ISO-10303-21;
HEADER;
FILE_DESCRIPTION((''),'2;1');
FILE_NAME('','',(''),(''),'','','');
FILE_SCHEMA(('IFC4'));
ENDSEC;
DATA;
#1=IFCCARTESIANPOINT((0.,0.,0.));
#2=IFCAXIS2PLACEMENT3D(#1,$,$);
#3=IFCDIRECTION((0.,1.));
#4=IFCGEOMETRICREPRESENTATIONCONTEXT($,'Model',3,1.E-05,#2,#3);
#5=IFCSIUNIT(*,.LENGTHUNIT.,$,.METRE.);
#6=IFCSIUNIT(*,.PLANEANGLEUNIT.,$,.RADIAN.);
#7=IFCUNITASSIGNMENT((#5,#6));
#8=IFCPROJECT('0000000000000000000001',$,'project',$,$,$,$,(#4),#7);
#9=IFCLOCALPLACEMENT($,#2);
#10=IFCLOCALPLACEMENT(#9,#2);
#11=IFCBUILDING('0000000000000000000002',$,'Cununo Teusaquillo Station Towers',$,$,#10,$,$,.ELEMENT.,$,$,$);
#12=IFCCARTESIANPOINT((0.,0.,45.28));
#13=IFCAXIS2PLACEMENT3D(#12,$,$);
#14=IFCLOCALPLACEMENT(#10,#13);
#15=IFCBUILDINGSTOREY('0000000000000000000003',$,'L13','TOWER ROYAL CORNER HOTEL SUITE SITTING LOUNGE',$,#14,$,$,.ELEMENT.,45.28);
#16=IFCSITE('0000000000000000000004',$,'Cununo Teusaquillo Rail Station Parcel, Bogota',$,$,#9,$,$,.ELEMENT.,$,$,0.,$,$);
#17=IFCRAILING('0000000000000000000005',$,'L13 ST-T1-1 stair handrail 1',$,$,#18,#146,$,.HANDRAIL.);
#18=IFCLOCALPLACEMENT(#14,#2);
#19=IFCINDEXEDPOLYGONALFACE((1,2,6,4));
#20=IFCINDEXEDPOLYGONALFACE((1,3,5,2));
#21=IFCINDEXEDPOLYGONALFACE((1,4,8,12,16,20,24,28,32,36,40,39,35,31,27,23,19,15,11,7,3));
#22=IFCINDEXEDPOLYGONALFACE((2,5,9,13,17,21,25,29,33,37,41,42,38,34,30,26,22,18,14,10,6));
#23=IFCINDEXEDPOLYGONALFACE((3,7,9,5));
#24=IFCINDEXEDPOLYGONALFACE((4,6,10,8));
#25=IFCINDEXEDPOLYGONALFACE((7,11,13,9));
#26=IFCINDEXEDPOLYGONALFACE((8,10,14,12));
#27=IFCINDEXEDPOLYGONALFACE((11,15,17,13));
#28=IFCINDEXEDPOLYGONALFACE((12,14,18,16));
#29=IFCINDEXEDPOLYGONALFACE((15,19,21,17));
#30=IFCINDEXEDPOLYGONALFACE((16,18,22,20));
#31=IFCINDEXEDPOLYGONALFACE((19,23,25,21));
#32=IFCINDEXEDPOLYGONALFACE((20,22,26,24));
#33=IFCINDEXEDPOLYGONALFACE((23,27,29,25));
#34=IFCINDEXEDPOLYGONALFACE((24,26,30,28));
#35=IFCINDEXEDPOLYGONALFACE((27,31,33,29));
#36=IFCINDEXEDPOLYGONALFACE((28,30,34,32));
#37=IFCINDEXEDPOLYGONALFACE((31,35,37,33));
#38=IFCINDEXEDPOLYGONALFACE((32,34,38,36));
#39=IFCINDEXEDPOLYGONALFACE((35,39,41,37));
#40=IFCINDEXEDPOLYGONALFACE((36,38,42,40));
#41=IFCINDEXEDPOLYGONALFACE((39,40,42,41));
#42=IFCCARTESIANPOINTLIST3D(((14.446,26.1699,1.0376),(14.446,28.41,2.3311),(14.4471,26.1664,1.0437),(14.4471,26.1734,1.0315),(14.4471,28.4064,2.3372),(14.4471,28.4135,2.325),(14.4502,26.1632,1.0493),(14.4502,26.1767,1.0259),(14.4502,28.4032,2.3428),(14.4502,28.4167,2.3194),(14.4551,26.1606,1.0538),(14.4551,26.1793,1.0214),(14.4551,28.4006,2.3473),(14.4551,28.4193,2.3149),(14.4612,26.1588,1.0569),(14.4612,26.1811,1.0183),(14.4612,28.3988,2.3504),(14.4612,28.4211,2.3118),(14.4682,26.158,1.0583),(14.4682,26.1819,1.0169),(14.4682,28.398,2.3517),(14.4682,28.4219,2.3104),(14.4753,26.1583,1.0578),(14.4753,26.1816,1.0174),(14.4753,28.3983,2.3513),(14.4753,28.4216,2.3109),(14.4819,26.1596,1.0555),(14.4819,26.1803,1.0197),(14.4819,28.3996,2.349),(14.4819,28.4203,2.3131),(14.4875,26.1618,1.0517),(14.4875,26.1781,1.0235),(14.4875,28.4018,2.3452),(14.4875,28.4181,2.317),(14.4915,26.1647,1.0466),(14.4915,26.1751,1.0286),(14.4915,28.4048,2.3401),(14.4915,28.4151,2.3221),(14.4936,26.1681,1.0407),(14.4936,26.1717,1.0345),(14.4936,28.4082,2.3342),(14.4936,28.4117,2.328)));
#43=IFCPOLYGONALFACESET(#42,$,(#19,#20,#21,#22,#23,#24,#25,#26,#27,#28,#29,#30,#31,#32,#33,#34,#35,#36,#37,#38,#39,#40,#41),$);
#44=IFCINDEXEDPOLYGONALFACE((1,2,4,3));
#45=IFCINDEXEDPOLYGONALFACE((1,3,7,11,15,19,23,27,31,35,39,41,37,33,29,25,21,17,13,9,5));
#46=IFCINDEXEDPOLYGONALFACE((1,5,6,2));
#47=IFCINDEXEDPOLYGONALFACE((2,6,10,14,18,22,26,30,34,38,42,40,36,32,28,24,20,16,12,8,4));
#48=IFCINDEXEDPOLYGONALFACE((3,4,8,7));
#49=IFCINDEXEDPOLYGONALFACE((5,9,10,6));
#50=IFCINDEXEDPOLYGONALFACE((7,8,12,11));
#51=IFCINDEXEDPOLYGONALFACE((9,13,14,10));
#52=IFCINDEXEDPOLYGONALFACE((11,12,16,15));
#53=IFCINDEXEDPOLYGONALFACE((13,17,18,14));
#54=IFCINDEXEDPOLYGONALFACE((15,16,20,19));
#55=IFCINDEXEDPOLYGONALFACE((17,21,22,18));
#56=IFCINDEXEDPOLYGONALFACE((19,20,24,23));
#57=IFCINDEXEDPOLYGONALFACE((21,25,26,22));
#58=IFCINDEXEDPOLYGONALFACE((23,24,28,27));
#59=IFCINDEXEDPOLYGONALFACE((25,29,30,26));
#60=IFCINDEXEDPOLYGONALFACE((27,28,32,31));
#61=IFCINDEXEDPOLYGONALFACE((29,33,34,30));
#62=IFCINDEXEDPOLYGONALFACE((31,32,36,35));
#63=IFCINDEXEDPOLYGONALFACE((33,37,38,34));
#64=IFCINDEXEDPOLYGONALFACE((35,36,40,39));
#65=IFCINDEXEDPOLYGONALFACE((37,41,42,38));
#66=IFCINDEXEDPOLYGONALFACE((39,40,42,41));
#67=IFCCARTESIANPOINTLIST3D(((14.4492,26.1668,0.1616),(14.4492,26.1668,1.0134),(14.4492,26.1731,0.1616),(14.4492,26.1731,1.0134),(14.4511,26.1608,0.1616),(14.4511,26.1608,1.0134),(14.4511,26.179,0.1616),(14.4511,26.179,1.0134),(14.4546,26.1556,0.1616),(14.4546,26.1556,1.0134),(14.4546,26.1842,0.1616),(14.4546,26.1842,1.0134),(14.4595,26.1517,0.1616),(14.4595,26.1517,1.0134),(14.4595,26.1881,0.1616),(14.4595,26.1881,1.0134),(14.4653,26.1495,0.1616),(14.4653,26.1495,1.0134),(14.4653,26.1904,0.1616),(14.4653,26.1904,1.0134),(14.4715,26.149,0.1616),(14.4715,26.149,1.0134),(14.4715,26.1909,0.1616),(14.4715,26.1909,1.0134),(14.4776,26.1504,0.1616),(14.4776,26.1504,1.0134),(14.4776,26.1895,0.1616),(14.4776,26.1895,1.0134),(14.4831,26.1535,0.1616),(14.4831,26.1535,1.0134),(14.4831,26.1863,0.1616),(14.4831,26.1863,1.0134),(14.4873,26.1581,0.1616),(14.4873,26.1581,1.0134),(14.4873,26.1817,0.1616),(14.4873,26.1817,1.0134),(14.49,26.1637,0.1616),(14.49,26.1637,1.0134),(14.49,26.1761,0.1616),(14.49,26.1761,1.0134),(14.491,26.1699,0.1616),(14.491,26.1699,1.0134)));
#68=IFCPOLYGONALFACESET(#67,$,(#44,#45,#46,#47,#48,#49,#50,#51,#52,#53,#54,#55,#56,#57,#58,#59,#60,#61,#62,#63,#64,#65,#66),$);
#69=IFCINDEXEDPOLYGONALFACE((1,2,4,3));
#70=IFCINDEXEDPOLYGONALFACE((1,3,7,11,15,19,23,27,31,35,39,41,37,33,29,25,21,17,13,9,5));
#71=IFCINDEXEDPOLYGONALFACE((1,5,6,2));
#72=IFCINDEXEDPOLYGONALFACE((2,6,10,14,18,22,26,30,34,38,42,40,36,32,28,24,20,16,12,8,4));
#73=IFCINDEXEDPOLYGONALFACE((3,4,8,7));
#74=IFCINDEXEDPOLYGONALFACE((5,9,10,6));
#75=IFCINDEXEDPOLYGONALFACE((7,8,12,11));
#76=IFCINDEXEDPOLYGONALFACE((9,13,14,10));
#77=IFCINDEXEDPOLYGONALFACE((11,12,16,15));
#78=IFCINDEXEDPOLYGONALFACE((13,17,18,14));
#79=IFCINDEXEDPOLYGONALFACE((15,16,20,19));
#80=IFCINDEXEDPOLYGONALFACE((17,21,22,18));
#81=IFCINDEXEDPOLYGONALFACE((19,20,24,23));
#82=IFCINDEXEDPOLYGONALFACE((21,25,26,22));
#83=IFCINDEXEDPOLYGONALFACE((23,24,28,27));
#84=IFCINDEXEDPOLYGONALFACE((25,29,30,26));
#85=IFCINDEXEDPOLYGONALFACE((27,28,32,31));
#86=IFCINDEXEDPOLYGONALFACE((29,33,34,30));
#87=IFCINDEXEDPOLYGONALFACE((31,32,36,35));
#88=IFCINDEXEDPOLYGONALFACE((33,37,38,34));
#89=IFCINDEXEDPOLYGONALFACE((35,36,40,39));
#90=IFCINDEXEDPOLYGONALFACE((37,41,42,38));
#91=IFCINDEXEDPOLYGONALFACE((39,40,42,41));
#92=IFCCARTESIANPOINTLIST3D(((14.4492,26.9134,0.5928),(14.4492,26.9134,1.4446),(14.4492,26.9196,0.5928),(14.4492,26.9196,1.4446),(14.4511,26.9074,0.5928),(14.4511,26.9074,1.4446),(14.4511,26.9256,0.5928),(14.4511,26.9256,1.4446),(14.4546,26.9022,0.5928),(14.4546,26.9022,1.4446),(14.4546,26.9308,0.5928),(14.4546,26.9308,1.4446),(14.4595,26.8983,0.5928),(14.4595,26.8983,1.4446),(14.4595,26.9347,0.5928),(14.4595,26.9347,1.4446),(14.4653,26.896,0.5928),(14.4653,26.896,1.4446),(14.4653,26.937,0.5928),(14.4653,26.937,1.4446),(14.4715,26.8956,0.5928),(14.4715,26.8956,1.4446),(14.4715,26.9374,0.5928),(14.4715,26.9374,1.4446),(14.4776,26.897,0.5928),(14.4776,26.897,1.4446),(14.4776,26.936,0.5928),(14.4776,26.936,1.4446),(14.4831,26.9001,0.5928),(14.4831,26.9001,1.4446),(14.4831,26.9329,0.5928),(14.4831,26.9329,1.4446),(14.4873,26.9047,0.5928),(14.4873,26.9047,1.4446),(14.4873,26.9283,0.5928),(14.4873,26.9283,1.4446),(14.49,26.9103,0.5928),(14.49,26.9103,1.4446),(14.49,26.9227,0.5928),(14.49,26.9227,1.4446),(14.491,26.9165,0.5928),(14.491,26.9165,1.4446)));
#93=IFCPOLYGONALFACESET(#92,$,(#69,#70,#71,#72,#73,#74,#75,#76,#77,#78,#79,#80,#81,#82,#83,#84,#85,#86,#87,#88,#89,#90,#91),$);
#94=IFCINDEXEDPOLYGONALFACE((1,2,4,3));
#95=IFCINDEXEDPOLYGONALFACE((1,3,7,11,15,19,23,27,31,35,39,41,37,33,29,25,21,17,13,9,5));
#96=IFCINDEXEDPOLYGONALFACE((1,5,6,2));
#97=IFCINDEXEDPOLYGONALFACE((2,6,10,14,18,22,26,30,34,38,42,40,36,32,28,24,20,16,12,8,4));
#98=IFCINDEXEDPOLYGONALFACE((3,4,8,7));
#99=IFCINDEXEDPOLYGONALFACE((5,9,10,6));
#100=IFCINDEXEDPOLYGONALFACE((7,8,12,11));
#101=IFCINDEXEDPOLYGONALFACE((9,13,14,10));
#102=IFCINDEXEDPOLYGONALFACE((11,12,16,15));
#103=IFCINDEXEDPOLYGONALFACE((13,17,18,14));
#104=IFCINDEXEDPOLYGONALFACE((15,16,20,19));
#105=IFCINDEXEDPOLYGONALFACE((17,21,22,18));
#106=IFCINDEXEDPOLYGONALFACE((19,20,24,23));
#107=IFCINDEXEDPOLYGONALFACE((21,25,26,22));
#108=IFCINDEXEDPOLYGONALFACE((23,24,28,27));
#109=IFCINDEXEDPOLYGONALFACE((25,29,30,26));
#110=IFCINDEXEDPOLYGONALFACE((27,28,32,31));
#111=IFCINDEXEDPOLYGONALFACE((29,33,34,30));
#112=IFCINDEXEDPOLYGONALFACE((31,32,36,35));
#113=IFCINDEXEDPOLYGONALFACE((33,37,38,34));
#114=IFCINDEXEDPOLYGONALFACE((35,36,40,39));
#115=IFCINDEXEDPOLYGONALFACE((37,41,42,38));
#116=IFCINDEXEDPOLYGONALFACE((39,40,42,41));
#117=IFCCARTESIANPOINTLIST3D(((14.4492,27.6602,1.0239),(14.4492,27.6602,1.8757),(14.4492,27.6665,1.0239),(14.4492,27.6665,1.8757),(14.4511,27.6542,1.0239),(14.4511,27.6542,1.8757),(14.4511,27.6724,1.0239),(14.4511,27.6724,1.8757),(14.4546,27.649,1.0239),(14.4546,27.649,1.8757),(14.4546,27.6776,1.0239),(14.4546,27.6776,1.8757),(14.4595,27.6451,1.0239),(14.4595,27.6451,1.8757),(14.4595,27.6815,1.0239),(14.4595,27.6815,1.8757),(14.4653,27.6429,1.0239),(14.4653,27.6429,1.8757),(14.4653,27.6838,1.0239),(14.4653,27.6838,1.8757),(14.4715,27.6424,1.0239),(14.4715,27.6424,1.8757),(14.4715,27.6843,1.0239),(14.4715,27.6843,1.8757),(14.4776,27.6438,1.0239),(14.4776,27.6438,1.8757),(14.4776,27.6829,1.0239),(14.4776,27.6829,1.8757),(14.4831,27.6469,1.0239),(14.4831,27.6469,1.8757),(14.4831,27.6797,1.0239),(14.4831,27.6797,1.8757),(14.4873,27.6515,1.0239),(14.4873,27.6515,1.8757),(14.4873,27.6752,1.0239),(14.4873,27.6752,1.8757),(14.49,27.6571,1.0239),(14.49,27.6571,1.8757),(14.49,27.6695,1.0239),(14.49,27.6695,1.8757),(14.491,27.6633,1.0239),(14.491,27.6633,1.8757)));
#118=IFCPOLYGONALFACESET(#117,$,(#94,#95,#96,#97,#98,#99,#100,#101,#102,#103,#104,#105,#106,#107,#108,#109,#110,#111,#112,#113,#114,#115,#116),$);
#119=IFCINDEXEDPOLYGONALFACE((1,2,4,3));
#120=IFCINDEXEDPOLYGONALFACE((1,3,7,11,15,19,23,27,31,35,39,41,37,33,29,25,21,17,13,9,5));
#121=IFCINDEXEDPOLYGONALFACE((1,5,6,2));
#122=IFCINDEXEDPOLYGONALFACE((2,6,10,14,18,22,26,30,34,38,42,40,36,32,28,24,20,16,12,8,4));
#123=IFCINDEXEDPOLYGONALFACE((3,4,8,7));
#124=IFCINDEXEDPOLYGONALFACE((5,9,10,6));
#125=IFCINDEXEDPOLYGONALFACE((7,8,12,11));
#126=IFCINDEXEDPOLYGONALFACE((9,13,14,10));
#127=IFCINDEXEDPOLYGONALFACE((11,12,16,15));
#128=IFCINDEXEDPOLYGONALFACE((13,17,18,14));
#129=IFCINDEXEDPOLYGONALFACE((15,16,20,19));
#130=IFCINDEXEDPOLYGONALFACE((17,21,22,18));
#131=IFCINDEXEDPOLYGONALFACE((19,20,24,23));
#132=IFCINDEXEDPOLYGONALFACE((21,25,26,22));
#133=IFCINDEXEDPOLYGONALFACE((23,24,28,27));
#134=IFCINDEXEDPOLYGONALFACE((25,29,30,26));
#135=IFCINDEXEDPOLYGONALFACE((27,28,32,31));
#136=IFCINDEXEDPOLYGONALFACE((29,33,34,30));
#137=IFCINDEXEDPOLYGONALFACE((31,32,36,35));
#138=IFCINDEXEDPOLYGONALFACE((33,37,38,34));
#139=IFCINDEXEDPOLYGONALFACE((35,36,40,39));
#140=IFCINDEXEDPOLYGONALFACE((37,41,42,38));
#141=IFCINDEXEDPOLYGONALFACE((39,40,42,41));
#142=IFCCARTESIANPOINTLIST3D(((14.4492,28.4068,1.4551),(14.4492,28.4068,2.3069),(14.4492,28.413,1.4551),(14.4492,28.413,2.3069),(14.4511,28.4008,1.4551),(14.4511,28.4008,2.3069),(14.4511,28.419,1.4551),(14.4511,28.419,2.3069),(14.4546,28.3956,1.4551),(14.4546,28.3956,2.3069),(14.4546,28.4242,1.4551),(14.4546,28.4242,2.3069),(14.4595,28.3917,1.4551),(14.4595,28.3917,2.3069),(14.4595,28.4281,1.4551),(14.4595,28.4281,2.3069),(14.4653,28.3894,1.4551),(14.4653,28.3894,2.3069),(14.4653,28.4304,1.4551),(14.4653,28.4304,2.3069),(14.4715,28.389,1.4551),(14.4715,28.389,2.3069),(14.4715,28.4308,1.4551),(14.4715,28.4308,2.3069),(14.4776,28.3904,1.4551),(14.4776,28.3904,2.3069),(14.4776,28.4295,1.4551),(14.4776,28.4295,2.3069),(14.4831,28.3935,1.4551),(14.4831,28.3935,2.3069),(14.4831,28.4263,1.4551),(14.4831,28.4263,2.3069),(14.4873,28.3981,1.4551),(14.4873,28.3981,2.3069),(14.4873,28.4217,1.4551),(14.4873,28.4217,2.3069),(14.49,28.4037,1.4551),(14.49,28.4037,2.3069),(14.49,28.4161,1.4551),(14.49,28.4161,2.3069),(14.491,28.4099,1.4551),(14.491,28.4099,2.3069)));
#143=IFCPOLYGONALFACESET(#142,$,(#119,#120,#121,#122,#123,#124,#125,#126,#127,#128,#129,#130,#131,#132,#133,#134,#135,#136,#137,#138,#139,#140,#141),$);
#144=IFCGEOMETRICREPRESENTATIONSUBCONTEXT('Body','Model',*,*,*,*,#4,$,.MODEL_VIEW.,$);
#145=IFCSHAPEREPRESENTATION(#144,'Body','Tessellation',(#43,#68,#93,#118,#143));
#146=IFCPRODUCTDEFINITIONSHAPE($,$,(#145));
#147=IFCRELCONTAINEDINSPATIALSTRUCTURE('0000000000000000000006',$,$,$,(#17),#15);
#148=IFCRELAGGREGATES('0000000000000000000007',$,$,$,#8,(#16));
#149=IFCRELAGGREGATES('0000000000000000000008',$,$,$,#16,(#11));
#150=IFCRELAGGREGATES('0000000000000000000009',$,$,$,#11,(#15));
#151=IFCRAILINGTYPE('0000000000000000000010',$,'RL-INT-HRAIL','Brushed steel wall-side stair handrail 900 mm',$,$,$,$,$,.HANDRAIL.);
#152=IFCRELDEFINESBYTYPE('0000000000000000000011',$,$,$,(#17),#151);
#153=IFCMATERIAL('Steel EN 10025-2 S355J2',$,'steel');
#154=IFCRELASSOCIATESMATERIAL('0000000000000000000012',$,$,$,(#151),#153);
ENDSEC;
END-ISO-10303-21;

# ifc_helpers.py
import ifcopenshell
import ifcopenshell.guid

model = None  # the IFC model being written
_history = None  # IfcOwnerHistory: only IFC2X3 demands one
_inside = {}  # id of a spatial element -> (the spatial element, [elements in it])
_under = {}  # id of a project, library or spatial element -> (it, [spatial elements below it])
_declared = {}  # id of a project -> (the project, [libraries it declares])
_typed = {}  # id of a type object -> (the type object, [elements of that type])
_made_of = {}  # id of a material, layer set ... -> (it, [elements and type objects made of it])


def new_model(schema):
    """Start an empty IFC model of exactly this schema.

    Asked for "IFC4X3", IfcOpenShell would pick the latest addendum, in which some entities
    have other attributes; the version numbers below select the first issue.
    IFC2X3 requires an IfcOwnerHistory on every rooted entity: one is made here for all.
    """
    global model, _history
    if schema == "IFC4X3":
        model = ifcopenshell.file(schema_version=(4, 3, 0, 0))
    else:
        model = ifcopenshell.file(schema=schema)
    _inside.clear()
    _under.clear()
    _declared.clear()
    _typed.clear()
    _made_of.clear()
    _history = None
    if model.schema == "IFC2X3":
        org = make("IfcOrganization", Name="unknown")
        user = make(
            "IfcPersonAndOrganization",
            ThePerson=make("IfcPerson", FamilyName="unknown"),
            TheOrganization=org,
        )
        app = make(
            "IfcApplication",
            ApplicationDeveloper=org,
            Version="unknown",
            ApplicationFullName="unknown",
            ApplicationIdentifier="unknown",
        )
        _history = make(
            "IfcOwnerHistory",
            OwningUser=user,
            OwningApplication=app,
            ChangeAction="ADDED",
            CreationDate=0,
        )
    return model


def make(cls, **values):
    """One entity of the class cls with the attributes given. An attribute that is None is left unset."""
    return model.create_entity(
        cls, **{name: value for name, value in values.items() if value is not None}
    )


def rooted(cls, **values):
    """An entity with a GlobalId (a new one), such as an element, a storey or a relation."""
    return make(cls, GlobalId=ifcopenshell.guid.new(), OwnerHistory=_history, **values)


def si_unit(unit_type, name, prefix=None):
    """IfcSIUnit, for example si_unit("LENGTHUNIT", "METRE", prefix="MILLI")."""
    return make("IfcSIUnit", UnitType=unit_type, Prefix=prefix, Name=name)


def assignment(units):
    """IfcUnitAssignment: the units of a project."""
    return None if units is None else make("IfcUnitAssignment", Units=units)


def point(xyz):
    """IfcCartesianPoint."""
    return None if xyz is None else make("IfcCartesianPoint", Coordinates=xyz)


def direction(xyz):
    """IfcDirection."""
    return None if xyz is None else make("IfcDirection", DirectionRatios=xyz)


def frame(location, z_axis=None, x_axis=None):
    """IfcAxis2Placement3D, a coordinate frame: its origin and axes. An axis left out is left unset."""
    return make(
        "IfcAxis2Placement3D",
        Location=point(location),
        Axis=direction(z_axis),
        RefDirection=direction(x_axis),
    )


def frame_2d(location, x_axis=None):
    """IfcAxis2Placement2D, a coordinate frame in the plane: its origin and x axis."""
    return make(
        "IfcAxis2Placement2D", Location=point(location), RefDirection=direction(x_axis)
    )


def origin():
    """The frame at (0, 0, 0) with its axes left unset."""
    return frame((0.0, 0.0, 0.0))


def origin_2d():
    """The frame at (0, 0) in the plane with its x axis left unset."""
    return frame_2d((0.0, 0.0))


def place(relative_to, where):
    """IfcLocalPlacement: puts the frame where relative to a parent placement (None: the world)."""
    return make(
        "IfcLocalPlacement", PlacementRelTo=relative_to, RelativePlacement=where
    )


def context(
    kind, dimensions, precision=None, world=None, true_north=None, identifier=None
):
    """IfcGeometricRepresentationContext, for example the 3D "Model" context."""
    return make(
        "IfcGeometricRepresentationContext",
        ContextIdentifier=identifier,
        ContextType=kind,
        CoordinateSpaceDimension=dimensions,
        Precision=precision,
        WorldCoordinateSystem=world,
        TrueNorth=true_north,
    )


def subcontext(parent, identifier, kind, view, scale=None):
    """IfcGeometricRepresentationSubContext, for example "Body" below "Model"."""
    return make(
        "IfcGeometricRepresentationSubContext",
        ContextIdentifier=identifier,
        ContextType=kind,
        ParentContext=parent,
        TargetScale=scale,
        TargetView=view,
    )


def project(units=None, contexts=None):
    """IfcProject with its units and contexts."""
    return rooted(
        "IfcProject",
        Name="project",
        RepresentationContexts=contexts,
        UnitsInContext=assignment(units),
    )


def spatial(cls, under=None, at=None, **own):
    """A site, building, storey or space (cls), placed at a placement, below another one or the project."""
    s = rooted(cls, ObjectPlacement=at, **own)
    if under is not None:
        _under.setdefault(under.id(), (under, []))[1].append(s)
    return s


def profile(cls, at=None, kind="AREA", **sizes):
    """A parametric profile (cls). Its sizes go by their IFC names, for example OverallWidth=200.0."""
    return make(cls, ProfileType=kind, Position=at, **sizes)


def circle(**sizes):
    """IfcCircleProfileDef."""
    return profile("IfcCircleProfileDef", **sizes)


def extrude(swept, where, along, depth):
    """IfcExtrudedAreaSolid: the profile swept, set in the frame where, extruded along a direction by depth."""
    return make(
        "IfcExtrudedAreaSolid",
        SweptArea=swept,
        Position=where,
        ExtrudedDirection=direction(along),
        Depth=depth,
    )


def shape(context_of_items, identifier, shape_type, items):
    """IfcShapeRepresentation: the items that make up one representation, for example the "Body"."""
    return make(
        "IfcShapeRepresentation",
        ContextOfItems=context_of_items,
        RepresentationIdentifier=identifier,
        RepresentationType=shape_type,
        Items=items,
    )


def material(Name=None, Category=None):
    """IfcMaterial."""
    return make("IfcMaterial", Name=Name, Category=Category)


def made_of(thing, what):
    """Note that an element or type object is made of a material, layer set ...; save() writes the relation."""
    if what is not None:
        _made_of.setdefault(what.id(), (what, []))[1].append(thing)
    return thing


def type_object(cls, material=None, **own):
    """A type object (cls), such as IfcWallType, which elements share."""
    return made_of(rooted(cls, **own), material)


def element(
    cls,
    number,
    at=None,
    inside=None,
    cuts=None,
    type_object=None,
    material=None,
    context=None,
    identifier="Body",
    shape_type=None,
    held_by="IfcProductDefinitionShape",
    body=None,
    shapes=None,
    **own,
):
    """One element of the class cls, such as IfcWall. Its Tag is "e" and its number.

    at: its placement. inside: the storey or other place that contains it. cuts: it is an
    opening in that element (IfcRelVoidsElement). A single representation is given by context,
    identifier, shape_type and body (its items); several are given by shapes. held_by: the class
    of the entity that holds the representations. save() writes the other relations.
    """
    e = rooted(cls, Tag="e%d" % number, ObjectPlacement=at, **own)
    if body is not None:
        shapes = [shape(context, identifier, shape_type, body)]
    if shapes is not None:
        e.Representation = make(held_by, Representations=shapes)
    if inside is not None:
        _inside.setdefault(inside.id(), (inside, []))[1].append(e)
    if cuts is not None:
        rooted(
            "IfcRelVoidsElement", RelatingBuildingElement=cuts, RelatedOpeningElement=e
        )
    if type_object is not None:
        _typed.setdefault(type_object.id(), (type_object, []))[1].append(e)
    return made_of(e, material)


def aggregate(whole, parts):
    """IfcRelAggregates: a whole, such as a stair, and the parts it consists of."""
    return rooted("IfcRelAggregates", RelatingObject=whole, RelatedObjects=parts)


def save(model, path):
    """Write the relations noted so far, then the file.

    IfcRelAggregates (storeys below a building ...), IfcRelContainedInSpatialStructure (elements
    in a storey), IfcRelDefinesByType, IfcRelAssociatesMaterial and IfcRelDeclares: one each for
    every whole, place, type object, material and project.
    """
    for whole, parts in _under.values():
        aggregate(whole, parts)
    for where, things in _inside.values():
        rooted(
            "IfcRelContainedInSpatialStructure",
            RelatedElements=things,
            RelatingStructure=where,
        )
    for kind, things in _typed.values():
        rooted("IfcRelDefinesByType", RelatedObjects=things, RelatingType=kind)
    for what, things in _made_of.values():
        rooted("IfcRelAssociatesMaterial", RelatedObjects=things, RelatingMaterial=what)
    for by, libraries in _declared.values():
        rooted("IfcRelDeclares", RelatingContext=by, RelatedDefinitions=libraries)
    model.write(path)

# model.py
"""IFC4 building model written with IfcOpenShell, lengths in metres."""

from ifc_helpers import new_model, si_unit, direction, frame, origin, origin_2d, place, context, subcontext, project, spatial, circle, extrude, material, type_object, element, save


model = new_model("IFC4")

# Units and contexts
model_context = context("Model", 3, precision=1e-05, world=origin(), true_north=direction((0.0, 1.0)))
body_context = subcontext(model_context, "Body", "Model", "MODEL_VIEW")
ifc_project = project(units=[si_unit("LENGTHUNIT", "METRE"), si_unit("PLANEANGLEUNIT", "RADIAN")], contexts=[model_context])

# Site, building, storey
site_placement = place(None, origin())
site = spatial("IfcSite", under=ifc_project, at=site_placement, Name="Cununo Teusaquillo Rail Station Parcel, Bogota", CompositionType="ELEMENT", RefElevation=0.0)
building_placement = place(site_placement, origin())
building = spatial("IfcBuilding", under=site, at=building_placement, Name="Cununo Teusaquillo Station Towers", CompositionType="ELEMENT")
storey_placement = place(building_placement, frame((0.0, 0.0, 45.28)))
storey = spatial("IfcBuildingStorey", under=building, at=storey_placement, Name="L13", Description="TOWER ROYAL CORNER HOTEL SUITE SITTING LOUNGE", CompositionType="ELEMENT", Elevation=45.28)

# Railing
ifc_material_1 = material(Name="Steel EN 10025-2 S355J2", Category="steel")
railing_type_1 = type_object("IfcRailingType", Name="RL-INT-HRAIL", Description="Brushed steel wall-side stair handrail 900 mm", PredefinedType="HANDRAIL", material=ifc_material_1)
railing_1_placement = place(storey_placement, frame((14.47, 26.1699, 0.1616)))
element("IfcRailing", 1, at=railing_1_placement, inside=storey, type_object=railing_type_1, Name="L13 ST-T1-1 stair handrail 1", PredefinedType="HANDRAIL", context=body_context, shape_type="SweptSolid", body=[
    extrude(circle(Radius=0.0239, at=origin_2d()), frame((0.0, 0.0, 0.876), z_axis=(0.0, 0.865992, 0.500057), x_axis=(-1.0, 0.0, 0.0)), (0.0, 0.0, 1.0), 2.5867),
    extrude(circle(Radius=0.021, at=origin_2d()), origin(), (0.0, 0.0, 1.0), 0.8518),
    extrude(circle(Radius=0.021, at=origin_2d()), frame((0.0, 0.7466, 0.4312)), (0.0, 0.0, 1.0), 0.8518),
    extrude(circle(Radius=0.021, at=origin_2d()), frame((0.0, 1.4934, 0.8623)), (0.0, 0.0, 1.0), 0.8518),
    extrude(circle(Radius=0.021, at=origin_2d()), frame((0.0, 2.24, 1.2935)), (0.0, 0.0, 1.0), 0.8518),
])

save(model, "model.ifc")
